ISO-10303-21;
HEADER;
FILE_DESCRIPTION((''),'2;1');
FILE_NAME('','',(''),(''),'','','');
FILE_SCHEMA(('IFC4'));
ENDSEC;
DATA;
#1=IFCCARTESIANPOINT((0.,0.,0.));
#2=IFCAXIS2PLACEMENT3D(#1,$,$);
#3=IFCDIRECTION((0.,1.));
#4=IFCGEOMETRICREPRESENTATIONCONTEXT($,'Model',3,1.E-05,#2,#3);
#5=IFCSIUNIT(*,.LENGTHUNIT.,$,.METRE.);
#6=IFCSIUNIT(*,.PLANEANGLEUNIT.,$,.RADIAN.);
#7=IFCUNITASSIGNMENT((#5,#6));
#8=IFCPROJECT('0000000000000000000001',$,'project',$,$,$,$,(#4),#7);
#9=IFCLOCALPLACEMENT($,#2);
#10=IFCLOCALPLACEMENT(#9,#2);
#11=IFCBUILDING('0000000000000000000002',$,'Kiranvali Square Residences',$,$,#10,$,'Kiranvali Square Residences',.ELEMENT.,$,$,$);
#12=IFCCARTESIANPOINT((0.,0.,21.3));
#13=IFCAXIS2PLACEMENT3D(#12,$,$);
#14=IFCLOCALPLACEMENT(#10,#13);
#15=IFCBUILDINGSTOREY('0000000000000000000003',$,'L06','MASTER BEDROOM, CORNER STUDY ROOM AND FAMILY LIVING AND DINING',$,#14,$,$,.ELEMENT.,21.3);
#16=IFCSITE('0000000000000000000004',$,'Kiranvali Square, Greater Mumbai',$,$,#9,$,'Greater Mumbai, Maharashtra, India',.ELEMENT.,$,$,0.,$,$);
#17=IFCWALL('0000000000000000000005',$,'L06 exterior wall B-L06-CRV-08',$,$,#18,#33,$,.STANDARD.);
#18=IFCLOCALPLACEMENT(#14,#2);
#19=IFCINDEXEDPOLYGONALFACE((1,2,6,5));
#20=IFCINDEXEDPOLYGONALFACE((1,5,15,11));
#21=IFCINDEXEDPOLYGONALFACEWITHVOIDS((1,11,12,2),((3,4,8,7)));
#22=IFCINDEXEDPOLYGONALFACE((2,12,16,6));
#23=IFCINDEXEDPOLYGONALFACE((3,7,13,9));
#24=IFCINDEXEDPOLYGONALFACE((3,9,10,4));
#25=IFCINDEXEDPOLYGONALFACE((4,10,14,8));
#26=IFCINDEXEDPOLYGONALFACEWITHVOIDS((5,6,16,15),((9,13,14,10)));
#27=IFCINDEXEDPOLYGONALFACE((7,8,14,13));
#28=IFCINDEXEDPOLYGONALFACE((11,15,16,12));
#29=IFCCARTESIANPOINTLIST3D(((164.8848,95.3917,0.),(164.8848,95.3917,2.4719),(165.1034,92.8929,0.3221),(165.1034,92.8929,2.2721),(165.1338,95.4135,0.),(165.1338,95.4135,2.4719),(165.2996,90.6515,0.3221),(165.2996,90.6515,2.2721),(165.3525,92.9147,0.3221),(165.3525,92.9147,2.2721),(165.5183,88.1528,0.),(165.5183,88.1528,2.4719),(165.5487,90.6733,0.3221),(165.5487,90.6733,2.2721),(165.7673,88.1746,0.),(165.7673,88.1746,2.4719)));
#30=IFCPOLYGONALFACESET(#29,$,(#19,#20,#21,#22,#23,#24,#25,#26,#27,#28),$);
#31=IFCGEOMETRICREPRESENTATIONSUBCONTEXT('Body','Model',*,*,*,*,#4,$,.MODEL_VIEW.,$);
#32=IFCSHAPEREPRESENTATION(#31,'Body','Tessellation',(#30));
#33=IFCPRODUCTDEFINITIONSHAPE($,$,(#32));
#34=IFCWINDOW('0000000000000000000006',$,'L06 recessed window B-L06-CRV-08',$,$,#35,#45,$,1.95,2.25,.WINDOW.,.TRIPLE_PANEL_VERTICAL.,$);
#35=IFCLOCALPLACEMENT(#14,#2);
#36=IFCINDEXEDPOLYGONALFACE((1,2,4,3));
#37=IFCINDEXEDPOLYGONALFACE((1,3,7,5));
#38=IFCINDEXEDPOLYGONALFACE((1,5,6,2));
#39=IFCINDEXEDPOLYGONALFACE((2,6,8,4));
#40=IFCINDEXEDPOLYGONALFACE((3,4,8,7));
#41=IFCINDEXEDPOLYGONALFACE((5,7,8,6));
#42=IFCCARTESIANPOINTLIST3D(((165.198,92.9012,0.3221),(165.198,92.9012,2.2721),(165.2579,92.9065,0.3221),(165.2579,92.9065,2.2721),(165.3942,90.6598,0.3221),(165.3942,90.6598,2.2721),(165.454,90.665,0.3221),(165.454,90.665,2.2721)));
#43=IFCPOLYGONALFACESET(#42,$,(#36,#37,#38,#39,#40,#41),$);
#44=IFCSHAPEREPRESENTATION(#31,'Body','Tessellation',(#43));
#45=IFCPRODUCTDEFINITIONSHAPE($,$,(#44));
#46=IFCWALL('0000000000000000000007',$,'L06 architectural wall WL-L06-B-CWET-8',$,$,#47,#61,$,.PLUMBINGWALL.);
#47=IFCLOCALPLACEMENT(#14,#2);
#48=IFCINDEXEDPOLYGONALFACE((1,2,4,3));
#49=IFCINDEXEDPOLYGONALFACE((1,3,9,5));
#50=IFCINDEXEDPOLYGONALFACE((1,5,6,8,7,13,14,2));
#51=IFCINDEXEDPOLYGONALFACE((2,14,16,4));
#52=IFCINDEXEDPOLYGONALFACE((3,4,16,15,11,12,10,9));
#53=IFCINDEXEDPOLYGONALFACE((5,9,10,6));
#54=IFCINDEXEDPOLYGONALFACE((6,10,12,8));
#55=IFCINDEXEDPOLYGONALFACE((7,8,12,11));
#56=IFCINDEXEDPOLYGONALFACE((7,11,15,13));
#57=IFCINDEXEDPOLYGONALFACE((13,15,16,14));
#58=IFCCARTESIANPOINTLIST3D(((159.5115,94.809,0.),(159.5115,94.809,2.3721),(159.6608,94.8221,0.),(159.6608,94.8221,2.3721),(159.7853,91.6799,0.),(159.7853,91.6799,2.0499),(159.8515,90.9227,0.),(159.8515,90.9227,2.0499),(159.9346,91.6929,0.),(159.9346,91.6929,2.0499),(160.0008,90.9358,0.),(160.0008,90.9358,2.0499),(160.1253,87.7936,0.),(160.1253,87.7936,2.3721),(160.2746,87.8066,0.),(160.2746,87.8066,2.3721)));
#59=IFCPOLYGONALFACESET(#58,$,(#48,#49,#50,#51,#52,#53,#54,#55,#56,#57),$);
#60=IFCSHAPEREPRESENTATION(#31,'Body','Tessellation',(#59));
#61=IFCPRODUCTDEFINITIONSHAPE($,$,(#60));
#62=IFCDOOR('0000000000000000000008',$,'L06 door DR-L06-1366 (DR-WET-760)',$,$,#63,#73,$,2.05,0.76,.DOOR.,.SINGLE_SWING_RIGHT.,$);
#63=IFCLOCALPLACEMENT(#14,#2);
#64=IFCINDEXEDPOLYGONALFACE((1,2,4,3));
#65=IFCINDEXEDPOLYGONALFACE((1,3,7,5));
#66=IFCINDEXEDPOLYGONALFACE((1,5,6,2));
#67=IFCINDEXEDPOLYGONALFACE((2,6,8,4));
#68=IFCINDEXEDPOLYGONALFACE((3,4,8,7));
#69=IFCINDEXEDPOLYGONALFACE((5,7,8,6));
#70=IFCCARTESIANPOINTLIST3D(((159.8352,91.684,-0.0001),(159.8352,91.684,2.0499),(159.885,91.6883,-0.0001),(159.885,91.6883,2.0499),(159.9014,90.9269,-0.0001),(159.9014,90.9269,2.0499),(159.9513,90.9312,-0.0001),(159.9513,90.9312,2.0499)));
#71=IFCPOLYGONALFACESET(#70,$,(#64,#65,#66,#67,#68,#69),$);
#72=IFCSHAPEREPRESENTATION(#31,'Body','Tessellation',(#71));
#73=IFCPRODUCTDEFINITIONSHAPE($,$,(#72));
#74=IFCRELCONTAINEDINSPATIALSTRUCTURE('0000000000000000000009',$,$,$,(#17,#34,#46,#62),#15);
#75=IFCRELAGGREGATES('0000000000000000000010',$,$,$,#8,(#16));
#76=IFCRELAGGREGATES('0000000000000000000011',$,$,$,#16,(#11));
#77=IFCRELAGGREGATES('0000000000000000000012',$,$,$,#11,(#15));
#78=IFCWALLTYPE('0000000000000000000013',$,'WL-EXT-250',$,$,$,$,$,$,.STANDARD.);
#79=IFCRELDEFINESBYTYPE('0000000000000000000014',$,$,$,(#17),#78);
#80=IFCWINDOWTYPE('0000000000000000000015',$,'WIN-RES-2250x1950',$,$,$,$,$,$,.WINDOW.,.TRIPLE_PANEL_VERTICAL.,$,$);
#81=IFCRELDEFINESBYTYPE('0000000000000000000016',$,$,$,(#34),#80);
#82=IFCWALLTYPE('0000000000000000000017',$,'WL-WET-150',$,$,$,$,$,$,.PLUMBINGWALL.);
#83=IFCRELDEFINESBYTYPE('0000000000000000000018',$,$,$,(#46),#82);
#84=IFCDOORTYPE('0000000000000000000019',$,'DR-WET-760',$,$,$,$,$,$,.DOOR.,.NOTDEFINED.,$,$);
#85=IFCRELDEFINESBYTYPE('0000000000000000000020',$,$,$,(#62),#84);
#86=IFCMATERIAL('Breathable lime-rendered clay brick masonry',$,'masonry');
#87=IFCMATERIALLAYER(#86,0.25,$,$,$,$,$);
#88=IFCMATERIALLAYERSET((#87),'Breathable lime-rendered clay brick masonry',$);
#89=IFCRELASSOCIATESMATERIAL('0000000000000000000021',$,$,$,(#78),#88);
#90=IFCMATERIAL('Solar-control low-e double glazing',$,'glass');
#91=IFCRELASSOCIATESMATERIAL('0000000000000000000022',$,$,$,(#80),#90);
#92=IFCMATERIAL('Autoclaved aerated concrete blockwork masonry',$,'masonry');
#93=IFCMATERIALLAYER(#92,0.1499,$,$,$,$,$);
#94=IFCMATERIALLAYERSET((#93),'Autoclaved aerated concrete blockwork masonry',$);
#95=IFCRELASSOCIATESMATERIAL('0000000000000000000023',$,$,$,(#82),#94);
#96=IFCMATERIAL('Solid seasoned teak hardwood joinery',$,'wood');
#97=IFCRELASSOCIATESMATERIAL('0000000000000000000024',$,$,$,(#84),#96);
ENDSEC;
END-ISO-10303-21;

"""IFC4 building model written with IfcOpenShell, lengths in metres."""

from ifc_helpers import new_model, si_unit, direction, frame, frame_2d, origin, place, context, subcontext, project, spatial, rectangle, extrude, material, layer, layer_set, type_object, element, fill, save


model = new_model("IFC4")

# Units and contexts
model_context = context("Model", 3, precision=1e-05, world=origin(), true_north=direction((0.0, 1.0)))
body_context = subcontext(model_context, "Body", "Model", "MODEL_VIEW")
ifc_project = project(units=[si_unit("LENGTHUNIT", "METRE"), si_unit("PLANEANGLEUNIT", "RADIAN")], contexts=[model_context])

# Site, building, storey
site_placement = place(None, origin())
site = spatial("IfcSite", under=ifc_project, at=site_placement, Name="Kiranvali Square, Greater Mumbai", LongName="Greater Mumbai, Maharashtra, India", CompositionType="ELEMENT", RefElevation=0.0)
building_placement = place(site_placement, origin())
building = spatial("IfcBuilding", under=site, at=building_placement, Name="Kiranvali Square Residences", LongName="Kiranvali Square Residences", CompositionType="ELEMENT")
storey_placement = place(building_placement, frame((0.0, 0.0, 21.3)))
storey = spatial("IfcBuildingStorey", under=building, at=storey_placement, Name="L06", Description="MASTER BEDROOM, CORNER STUDY ROOM AND FAMILY LIVING AND DINING", CompositionType="ELEMENT", Elevation=21.3)

# Wall, opening, window
ifc_material_1 = material(Name="Breathable lime-rendered clay brick masonry", Category="masonry")
ifc_layer_1 = layer(ifc_material_1, 0.25)
ifc_layer_set_1 = layer_set([ifc_layer_1], Name="Breathable lime-rendered clay brick masonry")
wall_type_1 = type_object("IfcWallType", Name="WL-EXT-250", PredefinedType="STANDARD", material=ifc_layer_set_1)
wall_1_placement = place(storey_placement, frame((165.0093, 95.4026, 0.0), z_axis=(0.0, 0.0, 1.0), x_axis=(0.087185, -0.996192, 0.0)))
wall_1 = element("IfcWall", 1, at=wall_1_placement, inside=storey, type_object=wall_type_1, Name="L06 exterior wall B-L06-CRV-08", PredefinedType="STANDARD", context=body_context, shape_type="SweptSolid", body=[
    extrude(rectangle(XDim=7.2666, YDim=0.25, at=frame_2d((3.6333, 0.0))), origin(), (0.0, 0.0, 1.0), 2.4719),
])
opening_1_placement = place(wall_1_placement, frame((2.5083, 0.0, 0.322)))
opening_1 = element("IfcOpeningElement", 2, at=opening_1_placement, cuts=wall_1, PredefinedType="OPENING", context=body_context, shape_type="SweptSolid", body=[
    extrude(rectangle(XDim=2.25, YDim=1.95, at=frame_2d((1.125, 0.9751))), frame((0.0, 0.135, 0.0), z_axis=(0.0, -1.0, 0.0), x_axis=(1.0, 0.0, 0.0)), (0.0, 0.0, 1.0), 0.27),
])
ifc_material_2 = material(Name="Solar-control low-e double glazing", Category="glass")
window_type = type_object("IfcWindowType", Name="WIN-RES-2250x1950", PartitioningType="TRIPLE_PANEL_VERTICAL", PredefinedType="WINDOW", material=ifc_material_2)
window_placement = place(opening_1_placement, origin())
window = element("IfcWindow", 3, at=window_placement, inside=storey, type_object=window_type, Name="L06 recessed window B-L06-CRV-08", OverallHeight=1.95, OverallWidth=2.25, PartitioningType="TRIPLE_PANEL_VERTICAL", PredefinedType="WINDOW", context=body_context, shape_type="SweptSolid", body=[
    extrude(rectangle(XDim=2.25, YDim=1.95, at=frame_2d((1.125, 0.9751))), frame((0.0, 0.03, 0.0), z_axis=(0.0, -1.0, 0.0), x_axis=(1.0, 0.0, 0.0)), (0.0, 0.0, 1.0), 0.0601),
])
fill(opening_1, window)

# Wall, opening, door
ifc_material_3 = material(Name="Autoclaved aerated concrete blockwork masonry", Category="masonry")
ifc_layer_2 = layer(ifc_material_3, 0.1499)
ifc_layer_set_2 = layer_set([ifc_layer_2], Name="Autoclaved aerated concrete blockwork masonry")
wall_type_2 = type_object("IfcWallType", Name="WL-WET-150", PredefinedType="PLUMBINGWALL", material=ifc_layer_set_2)
wall_2_placement = place(storey_placement, frame((159.5862, 94.8154, 0.0), z_axis=(0.0, 0.0, 1.0), x_axis=(0.087156, -0.996195, 0.0)))
wall_2 = element("IfcWall", 4, at=wall_2_placement, inside=storey, type_object=wall_type_2, Name="L06 architectural wall WL-L06-B-CWET-8", PredefinedType="PLUMBINGWALL", context=body_context, shape_type="SweptSolid", body=[
    extrude(rectangle(XDim=7.0422, YDim=0.1499, at=frame_2d((3.521, 0.0))), origin(), (0.0, 0.0, 1.0), 2.3721),
])
opening_2_placement = place(wall_2_placement, frame((3.1411, 0.0, 0.0)))
opening_2 = element("IfcOpeningElement", 5, at=opening_2_placement, cuts=wall_2, PredefinedType="OPENING", context=body_context, shape_type="SweptSolid", body=[
    extrude(rectangle(XDim=0.76, YDim=2.05, at=frame_2d((0.3799, 1.0249))), frame((0.0, 0.085, 0.0), z_axis=(0.0, -1.0, 0.0), x_axis=(1.0, 0.0, 0.0)), (0.0, 0.0, 1.0), 0.1699),
])
ifc_material_4 = material(Name="Solid seasoned teak hardwood joinery", Category="wood")
door_type = type_object("IfcDoorType", Name="DR-WET-760", OperationType="NOTDEFINED", PredefinedType="DOOR", material=ifc_material_4)
door_placement = place(opening_2_placement, frame((0.76, 0.0, 0.0), z_axis=(0.0, 0.0, 1.0), x_axis=(-1.0, 0.0, 0.0)))
door = element("IfcDoor", 6, at=door_placement, inside=storey, type_object=door_type, Name="L06 door DR-L06-1366 (DR-WET-760)", OperationType="SINGLE_SWING_RIGHT", OverallHeight=2.05, OverallWidth=0.76, PredefinedType="DOOR", context=body_context, shape_type="SweptSolid", body=[
    extrude(rectangle(XDim=0.76, YDim=2.05, at=frame_2d((0.3799, 1.0249))), frame((0.0, 0.0249, 0.0), z_axis=(0.0, -1.0, 0.0), x_axis=(1.0, 0.0, 0.0)), (0.0, 0.0, 1.0), 0.05),
])
fill(opening_2, door)

save(model, "model.ifc")
